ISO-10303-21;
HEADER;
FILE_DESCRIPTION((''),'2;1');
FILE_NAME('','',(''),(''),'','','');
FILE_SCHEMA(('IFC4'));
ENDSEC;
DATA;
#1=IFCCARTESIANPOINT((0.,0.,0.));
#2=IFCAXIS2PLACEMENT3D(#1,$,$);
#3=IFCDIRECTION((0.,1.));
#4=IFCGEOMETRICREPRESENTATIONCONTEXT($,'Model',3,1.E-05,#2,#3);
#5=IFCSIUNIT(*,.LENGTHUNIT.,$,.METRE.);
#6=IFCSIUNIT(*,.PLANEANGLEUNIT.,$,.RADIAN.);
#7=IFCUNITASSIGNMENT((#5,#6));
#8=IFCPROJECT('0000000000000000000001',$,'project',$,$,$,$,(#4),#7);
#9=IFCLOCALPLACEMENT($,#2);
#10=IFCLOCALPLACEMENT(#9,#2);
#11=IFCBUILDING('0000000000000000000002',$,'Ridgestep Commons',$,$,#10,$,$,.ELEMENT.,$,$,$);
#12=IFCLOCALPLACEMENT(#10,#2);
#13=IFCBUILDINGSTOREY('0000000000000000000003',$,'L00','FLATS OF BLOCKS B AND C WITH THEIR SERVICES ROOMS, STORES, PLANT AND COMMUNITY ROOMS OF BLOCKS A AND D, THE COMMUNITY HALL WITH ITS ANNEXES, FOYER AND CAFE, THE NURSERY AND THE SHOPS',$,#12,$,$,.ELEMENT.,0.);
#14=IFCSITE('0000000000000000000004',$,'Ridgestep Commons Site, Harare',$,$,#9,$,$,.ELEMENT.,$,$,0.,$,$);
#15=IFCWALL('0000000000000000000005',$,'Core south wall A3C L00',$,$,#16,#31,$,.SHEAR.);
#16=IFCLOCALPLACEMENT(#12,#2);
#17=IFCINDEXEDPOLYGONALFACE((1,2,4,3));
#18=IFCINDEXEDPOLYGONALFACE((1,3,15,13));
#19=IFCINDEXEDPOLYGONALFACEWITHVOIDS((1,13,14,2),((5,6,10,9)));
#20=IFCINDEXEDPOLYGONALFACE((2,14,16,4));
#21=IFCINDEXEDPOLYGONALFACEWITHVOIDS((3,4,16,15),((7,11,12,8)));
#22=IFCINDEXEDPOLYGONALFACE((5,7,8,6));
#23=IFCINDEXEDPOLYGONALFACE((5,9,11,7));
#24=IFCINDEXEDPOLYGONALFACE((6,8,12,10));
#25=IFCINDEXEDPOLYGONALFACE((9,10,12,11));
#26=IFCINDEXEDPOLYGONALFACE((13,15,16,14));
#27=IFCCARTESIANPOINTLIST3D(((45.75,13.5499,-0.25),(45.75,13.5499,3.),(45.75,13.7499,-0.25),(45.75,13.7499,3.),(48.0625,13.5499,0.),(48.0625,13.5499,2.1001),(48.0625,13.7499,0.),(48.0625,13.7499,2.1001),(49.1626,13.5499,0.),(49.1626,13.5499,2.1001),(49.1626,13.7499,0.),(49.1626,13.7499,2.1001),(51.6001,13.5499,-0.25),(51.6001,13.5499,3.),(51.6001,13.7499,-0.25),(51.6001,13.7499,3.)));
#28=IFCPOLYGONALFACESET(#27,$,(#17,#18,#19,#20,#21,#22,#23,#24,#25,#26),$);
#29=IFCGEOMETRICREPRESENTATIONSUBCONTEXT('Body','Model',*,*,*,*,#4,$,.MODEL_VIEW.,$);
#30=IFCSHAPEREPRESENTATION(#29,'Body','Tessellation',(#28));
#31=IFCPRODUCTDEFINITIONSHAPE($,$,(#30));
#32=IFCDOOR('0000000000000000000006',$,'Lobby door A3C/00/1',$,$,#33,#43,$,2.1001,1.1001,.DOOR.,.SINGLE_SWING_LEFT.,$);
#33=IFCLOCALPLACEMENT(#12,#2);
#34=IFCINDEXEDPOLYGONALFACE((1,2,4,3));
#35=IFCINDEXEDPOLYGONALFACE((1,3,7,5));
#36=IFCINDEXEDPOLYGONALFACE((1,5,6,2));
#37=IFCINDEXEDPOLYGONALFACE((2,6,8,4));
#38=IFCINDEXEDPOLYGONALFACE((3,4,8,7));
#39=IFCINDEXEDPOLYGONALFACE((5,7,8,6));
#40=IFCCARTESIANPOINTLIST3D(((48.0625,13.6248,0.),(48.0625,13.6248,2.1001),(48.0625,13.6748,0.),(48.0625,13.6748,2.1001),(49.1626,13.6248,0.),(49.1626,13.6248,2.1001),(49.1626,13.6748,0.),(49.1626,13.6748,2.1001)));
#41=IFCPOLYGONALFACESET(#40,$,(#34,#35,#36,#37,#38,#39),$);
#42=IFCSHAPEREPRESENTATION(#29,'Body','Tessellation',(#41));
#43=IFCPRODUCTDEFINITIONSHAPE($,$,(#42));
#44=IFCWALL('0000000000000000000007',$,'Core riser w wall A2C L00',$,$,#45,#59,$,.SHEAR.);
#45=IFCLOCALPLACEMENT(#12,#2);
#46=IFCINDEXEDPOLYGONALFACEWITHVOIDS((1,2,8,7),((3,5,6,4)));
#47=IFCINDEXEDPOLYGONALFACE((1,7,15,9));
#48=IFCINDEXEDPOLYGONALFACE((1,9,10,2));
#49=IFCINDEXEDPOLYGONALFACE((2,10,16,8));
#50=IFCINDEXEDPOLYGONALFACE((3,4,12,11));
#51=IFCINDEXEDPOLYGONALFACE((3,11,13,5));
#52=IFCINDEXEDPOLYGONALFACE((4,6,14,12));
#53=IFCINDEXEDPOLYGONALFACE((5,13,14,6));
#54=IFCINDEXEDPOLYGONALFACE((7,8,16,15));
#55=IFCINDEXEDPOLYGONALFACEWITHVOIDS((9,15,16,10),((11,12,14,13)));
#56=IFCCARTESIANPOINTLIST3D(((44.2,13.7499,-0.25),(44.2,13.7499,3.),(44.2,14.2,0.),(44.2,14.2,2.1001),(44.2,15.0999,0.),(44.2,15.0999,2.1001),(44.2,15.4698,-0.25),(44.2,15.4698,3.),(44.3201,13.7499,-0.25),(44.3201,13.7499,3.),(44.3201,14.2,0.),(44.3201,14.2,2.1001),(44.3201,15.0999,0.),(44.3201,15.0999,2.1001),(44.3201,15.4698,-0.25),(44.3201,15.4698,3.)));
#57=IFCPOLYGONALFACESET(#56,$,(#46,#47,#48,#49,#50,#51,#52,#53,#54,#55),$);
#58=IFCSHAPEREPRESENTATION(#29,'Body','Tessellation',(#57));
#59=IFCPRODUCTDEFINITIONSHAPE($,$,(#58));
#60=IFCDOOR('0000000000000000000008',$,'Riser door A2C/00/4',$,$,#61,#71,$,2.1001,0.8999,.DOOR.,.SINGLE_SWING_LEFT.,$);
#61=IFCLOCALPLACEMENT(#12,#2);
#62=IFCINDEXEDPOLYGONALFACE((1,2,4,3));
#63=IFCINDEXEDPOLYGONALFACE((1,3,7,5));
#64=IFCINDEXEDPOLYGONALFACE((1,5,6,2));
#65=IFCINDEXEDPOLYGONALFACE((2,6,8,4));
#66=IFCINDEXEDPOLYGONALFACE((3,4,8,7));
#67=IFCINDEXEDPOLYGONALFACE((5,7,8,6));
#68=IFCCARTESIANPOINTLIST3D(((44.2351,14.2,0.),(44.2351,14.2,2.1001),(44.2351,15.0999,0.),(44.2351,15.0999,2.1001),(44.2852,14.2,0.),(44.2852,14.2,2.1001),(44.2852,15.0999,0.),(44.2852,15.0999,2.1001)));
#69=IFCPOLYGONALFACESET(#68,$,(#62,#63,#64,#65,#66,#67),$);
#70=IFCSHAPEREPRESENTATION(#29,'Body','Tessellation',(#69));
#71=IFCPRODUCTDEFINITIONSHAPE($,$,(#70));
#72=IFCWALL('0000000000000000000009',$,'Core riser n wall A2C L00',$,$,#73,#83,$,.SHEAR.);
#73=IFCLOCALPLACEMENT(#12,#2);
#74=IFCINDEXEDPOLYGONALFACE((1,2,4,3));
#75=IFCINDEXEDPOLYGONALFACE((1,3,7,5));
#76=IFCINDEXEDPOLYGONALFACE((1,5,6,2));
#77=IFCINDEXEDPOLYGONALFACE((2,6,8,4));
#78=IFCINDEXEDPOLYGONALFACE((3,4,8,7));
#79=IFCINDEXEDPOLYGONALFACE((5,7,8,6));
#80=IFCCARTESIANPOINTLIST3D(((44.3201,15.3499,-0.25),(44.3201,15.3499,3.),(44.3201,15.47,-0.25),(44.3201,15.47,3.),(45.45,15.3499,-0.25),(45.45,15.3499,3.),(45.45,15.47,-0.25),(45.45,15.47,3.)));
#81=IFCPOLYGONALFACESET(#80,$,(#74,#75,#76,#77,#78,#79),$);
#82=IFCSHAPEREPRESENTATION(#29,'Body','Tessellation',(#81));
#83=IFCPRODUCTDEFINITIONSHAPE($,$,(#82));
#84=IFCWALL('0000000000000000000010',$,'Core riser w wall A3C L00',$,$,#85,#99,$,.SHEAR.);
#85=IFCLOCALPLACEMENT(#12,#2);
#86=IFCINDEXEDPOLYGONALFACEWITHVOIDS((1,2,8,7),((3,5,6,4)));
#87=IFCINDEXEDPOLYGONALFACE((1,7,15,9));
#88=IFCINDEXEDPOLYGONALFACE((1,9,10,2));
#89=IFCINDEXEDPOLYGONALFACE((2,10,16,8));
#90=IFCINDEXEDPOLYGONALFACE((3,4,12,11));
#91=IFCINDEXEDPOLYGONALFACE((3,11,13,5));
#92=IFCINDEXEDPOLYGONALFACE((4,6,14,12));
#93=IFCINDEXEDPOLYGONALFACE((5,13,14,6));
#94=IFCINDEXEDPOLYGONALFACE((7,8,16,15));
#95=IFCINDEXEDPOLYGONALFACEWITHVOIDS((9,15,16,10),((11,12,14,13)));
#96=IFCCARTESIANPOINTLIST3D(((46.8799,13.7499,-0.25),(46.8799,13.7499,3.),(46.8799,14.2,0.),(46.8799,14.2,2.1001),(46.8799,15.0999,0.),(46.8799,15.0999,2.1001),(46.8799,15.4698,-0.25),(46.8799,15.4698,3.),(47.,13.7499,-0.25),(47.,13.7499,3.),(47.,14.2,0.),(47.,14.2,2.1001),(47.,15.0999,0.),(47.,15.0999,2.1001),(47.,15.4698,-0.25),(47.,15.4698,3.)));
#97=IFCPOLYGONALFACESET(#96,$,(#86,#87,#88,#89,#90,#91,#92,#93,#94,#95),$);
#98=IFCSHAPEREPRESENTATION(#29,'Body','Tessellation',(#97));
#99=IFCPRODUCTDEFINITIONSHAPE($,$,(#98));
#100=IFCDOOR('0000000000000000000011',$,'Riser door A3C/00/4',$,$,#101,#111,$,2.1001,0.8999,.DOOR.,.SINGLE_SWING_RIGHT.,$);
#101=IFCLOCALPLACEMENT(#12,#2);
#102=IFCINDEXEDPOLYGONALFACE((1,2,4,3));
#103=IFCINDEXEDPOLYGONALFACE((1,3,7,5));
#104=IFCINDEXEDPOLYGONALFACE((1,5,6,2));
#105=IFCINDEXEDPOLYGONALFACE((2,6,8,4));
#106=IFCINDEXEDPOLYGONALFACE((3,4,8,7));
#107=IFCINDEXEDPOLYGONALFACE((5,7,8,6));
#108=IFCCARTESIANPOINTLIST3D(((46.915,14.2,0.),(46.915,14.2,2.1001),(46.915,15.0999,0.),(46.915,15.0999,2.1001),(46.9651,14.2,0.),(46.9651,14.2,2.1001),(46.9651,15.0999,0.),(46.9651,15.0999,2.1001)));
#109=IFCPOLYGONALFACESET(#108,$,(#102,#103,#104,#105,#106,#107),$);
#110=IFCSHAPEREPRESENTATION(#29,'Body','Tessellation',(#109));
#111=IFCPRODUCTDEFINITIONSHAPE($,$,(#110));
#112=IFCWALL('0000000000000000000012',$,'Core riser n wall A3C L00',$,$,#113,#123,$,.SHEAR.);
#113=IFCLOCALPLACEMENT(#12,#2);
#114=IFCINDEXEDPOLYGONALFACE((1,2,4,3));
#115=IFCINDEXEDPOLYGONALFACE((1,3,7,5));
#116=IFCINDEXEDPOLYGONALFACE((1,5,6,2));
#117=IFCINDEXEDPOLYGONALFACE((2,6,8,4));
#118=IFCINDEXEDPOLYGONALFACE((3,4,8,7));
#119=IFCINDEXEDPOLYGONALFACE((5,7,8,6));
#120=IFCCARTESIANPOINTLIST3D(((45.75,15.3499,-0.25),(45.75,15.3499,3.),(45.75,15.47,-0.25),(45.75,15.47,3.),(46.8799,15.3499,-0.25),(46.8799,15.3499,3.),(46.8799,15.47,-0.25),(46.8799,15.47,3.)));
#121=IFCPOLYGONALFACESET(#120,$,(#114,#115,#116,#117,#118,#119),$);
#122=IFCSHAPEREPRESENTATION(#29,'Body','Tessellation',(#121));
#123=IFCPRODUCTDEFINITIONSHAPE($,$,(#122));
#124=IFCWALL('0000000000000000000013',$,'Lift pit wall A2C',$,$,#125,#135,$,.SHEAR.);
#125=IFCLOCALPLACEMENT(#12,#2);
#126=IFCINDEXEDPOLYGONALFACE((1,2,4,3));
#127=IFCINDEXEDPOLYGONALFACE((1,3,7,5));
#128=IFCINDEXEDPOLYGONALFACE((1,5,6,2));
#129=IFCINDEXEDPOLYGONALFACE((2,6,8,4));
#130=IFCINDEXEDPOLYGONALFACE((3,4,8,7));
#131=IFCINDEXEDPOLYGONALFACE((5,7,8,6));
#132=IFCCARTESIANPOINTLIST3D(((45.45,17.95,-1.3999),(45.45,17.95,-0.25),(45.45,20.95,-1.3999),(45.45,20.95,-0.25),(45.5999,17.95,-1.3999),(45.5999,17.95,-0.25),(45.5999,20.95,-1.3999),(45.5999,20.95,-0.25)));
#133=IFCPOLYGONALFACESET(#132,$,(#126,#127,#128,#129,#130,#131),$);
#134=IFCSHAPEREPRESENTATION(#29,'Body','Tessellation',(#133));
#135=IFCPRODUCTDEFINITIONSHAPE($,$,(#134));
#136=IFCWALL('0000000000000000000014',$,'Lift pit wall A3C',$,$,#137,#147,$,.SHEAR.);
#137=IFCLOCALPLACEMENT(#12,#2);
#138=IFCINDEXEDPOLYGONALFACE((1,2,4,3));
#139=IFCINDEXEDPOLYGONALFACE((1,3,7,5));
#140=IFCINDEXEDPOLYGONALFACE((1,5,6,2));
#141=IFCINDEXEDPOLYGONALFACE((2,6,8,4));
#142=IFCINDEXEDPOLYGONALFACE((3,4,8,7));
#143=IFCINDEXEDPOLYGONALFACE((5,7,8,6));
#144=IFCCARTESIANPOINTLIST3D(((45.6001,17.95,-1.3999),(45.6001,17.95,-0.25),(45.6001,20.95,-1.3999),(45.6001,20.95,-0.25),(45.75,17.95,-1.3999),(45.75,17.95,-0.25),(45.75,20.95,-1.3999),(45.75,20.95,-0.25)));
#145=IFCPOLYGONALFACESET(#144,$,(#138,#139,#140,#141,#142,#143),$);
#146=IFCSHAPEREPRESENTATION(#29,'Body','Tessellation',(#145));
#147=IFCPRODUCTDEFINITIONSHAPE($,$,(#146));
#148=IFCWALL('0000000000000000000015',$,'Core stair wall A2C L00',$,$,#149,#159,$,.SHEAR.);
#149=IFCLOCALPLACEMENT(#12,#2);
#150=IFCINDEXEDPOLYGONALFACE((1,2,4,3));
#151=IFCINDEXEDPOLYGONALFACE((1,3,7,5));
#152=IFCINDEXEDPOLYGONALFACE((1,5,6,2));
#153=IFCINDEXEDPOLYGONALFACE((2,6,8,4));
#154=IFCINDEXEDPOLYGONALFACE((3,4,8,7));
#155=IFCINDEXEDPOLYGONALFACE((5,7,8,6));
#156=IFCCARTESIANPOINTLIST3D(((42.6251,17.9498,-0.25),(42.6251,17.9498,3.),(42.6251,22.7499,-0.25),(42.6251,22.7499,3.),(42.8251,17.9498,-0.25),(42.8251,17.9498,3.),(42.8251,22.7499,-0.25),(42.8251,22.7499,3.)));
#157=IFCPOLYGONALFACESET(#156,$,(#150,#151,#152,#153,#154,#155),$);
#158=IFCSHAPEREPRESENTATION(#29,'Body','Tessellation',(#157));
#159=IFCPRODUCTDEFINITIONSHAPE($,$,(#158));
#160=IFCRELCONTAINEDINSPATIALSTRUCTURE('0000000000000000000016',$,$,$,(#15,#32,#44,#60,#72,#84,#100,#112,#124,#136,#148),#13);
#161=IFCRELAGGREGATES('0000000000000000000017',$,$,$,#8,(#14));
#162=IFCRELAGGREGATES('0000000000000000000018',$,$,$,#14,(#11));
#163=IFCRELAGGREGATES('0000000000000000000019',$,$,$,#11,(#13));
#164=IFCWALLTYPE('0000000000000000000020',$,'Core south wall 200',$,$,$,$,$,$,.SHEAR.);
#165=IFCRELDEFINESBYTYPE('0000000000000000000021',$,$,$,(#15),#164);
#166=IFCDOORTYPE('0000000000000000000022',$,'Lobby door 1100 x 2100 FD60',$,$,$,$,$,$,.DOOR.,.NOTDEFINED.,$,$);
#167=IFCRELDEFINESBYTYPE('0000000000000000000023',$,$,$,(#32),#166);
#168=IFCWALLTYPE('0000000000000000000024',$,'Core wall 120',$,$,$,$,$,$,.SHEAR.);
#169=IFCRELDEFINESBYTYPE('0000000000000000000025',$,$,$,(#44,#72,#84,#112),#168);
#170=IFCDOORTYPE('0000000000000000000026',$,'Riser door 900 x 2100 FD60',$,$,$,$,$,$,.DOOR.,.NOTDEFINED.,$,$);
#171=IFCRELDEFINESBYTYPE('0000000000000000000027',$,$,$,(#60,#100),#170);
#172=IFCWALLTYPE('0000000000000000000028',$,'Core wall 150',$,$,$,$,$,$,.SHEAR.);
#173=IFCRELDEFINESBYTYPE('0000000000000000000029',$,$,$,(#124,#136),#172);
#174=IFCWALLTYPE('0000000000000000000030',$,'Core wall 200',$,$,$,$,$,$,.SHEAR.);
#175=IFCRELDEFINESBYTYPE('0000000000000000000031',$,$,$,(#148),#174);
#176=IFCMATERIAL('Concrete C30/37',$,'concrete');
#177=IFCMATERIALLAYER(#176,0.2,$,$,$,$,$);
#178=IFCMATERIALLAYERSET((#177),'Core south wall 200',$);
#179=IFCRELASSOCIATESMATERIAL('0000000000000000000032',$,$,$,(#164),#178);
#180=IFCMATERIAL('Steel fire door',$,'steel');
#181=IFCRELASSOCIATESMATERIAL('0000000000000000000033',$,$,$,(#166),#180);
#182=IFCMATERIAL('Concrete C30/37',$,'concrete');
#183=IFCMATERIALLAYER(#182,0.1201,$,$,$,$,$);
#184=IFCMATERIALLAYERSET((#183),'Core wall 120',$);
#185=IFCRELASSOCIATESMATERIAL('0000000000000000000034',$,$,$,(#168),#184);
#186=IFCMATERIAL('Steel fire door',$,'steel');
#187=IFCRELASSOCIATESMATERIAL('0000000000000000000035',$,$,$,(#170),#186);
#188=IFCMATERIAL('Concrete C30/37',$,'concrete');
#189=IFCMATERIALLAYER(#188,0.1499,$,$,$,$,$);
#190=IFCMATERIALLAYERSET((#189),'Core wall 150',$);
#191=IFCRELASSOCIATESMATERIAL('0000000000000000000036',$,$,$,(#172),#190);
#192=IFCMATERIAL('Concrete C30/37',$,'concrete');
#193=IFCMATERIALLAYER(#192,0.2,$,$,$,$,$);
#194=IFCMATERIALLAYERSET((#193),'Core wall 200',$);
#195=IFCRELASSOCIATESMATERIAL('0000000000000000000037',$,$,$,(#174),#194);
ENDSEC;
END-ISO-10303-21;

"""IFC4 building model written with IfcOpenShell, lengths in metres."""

from ifc_helpers import new_model, si_unit, direction, frame, frame_2d, origin, place, context, subcontext, project, spatial, rectangle, extrude, material, layer, layer_set, type_object, element, fill, save


model = new_model("IFC4")

# Units and contexts
model_context = context("Model", 3, precision=1e-05, world=origin(), true_north=direction((0.0, 1.0)))
body_context = subcontext(model_context, "Body", "Model", "MODEL_VIEW")
ifc_project = project(units=[si_unit("LENGTHUNIT", "METRE"), si_unit("PLANEANGLEUNIT", "RADIAN")], contexts=[model_context])

# Site, building, storey
site_placement = place(None, origin())
site = spatial("IfcSite", under=ifc_project, at=site_placement, Name="Ridgestep Commons Site, Harare", CompositionType="ELEMENT", RefElevation=0.0)
building_placement = place(site_placement, origin())
building = spatial("IfcBuilding", under=site, at=building_placement, Name="Ridgestep Commons", CompositionType="ELEMENT")
storey_placement = place(building_placement, origin())
storey = spatial("IfcBuildingStorey", under=building, at=storey_placement, Name="L00", Description="FLATS OF BLOCKS B AND C WITH THEIR SERVICES ROOMS, STORES, PLANT AND COMMUNITY ROOMS OF BLOCKS A AND D, THE COMMUNITY HALL WITH ITS ANNEXES, FOYER AND CAFE, THE NURSERY AND THE SHOPS", CompositionType="ELEMENT", Elevation=0.0)

# Walls, openings, doors
ifc_material_1 = material(Name="Concrete C30/37", Category="concrete")
ifc_layer_1 = layer(ifc_material_1, 0.2)
ifc_layer_set_1 = layer_set([ifc_layer_1], Name="Core south wall 200")
wall_type_1 = type_object("IfcWallType", Name="Core south wall 200", PredefinedType="SHEAR", material=ifc_layer_set_1)
wall_1_placement = place(storey_placement, frame((45.75, 13.6499, -0.25), z_axis=(0.0, 0.0, 1.0), x_axis=(1.0, 0.0, 0.0)))
wall_1 = element("IfcWall", 1, at=wall_1_placement, inside=storey, type_object=wall_type_1, Name="Core south wall A3C L00", PredefinedType="SHEAR", context=body_context, shape_type="SweptSolid", body=[
    extrude(rectangle(XDim=5.8501, YDim=0.2, at=frame_2d((2.925, 0.0))), origin(), (0.0, 0.0, 1.0), 3.25),
])
opening_1_placement = place(wall_1_placement, frame((2.3125, 0.0, 0.25)))
opening_1 = element("IfcOpeningElement", 2, at=opening_1_placement, cuts=wall_1, PredefinedType="OPENING", context=body_context, shape_type="SweptSolid", body=[
    extrude(rectangle(XDim=1.1001, YDim=2.1001, at=frame_2d((0.55, 1.05))), frame((0.0, 0.1099, 0.0), z_axis=(0.0, -1.0, 0.0), x_axis=(1.0, 0.0, 0.0)), (0.0, 0.0, 1.0), 0.22),
])
ifc_material_2 = material(Name="Steel fire door", Category="steel")
door_type_1 = type_object("IfcDoorType", Name="Lobby door 1100 x 2100 FD60", OperationType="NOTDEFINED", PredefinedType="DOOR", material=ifc_material_2)
door_1_placement = place(opening_1_placement, origin())
door_1 = element("IfcDoor", 3, at=door_1_placement, inside=storey, type_object=door_type_1, Name="Lobby door A3C/00/1", OperationType="SINGLE_SWING_LEFT", OverallHeight=2.1001, OverallWidth=1.1001, PredefinedType="DOOR", context=body_context, shape_type="SweptSolid", body=[
    extrude(rectangle(XDim=1.1001, YDim=2.1001, at=frame_2d((0.55, 1.05))), frame((0.0, 0.0249, 0.0), z_axis=(0.0, -1.0, 0.0), x_axis=(1.0, 0.0, 0.0)), (0.0, 0.0, 1.0), 0.05),
])
fill(opening_1, door_1)
ifc_material_3 = material(Name="Concrete C30/37", Category="concrete")
ifc_layer_2 = layer(ifc_material_3, 0.1201)
ifc_layer_set_2 = layer_set([ifc_layer_2], Name="Core wall 120")
wall_type_2 = type_object("IfcWallType", Name="Core wall 120", PredefinedType="SHEAR", material=ifc_layer_set_2)
wall_2_placement = place(storey_placement, frame((44.26, 13.75, -0.25), z_axis=(0.0, 0.0, 1.0), x_axis=(0.0, 1.0, 0.0)))
wall_2 = element("IfcWall", 4, at=wall_2_placement, inside=storey, type_object=wall_type_2, Name="Core riser w wall A2C L00", PredefinedType="SHEAR", context=body_context, shape_type="SweptSolid", body=[
    extrude(rectangle(XDim=1.72, YDim=0.1201, at=frame_2d((0.8599, 0.0))), origin(), (0.0, 0.0, 1.0), 3.25),
])
opening_2_placement = place(wall_2_placement, frame((0.45, 0.0, 0.25)))
opening_2 = element("IfcOpeningElement", 5, at=opening_2_placement, cuts=wall_2, PredefinedType="OPENING", context=body_context, shape_type="SweptSolid", body=[
    extrude(rectangle(XDim=0.8999, YDim=2.1001, at=frame_2d((0.45, 1.05))), frame((0.0, 0.0701, 0.0), z_axis=(0.0, -1.0, 0.0), x_axis=(1.0, 0.0, 0.0)), (0.0, 0.0, 1.0), 0.1401),
])
ifc_material_4 = material(Name="Steel fire door", Category="steel")
door_type_2 = type_object("IfcDoorType", Name="Riser door 900 x 2100 FD60", OperationType="NOTDEFINED", PredefinedType="DOOR", material=ifc_material_4)
door_2_placement = place(opening_2_placement, origin())
door_2 = element("IfcDoor", 6, at=door_2_placement, inside=storey, type_object=door_type_2, Name="Riser door A2C/00/4", OperationType="SINGLE_SWING_LEFT", OverallHeight=2.1001, OverallWidth=0.8999, PredefinedType="DOOR", context=body_context, shape_type="SweptSolid", body=[
    extrude(rectangle(XDim=0.8999, YDim=2.1001, at=frame_2d((0.45, 1.05))), frame((0.0, 0.0249, 0.0), z_axis=(0.0, -1.0, 0.0), x_axis=(1.0, 0.0, 0.0)), (0.0, 0.0, 1.0), 0.05),
])
fill(opening_2, door_2)

# Wall
wall_3_placement = place(storey_placement, frame((44.3201, 15.4099, -0.25), z_axis=(0.0, 0.0, 1.0), x_axis=(1.0, 0.0, 0.0)))
element("IfcWall", 7, at=wall_3_placement, inside=storey, type_object=wall_type_2, Name="Core riser n wall A2C L00", PredefinedType="SHEAR", context=body_context, shape_type="SweptSolid", body=[
    extrude(rectangle(XDim=1.1299, YDim=0.1201, at=frame_2d((0.5649, 0.0))), origin(), (0.0, 0.0, 1.0), 3.25),
])

# Wall, opening, door
wall_4_placement = place(storey_placement, frame((46.9399, 13.75, -0.25), z_axis=(0.0, 0.0, 1.0), x_axis=(0.0, 1.0, 0.0)))
wall_4 = element("IfcWall", 8, at=wall_4_placement, inside=storey, type_object=wall_type_2, Name="Core riser w wall A3C L00", PredefinedType="SHEAR", context=body_context, shape_type="SweptSolid", body=[
    extrude(rectangle(XDim=1.72, YDim=0.1201, at=frame_2d((0.8599, 0.0))), origin(), (0.0, 0.0, 1.0), 3.25),
])
opening_3_placement = place(wall_4_placement, frame((0.45, 0.0, 0.25)))
opening_3 = element("IfcOpeningElement", 9, at=opening_3_placement, cuts=wall_4, PredefinedType="OPENING", context=body_context, shape_type="SweptSolid", body=[
    extrude(rectangle(XDim=0.8999, YDim=2.1001, at=frame_2d((0.45, 1.05))), frame((0.0, 0.0701, 0.0), z_axis=(0.0, -1.0, 0.0), x_axis=(1.0, 0.0, 0.0)), (0.0, 0.0, 1.0), 0.1401),
])
door_3_placement = place(opening_3_placement, origin())
door_3 = element("IfcDoor", 10, at=door_3_placement, inside=storey, type_object=door_type_2, Name="Riser door A3C/00/4", OperationType="SINGLE_SWING_RIGHT", OverallHeight=2.1001, OverallWidth=0.8999, PredefinedType="DOOR", context=body_context, shape_type="SweptSolid", body=[
    extrude(rectangle(XDim=0.8999, YDim=2.1001, at=frame_2d((0.45, 1.05))), frame((0.0, 0.0249, 0.0), z_axis=(0.0, -1.0, 0.0), x_axis=(1.0, 0.0, 0.0)), (0.0, 0.0, 1.0), 0.05),
])
fill(opening_3, door_3)

# Walls
wall_5_placement = place(storey_placement, frame((45.75, 15.4099, -0.25), z_axis=(0.0, 0.0, 1.0), x_axis=(1.0, 0.0, 0.0)))
element("IfcWall", 11, at=wall_5_placement, inside=storey, type_object=wall_type_2, Name="Core riser n wall A3C L00", PredefinedType="SHEAR", context=body_context, shape_type="SweptSolid", body=[
    extrude(rectangle(XDim=1.1299, YDim=0.1201, at=frame_2d((0.5649, 0.0))), origin(), (0.0, 0.0, 1.0), 3.25),
])
ifc_material_5 = material(Name="Concrete C30/37", Category="concrete")
ifc_layer_3 = layer(ifc_material_5, 0.1499)
ifc_layer_set_3 = layer_set([ifc_layer_3], Name="Core wall 150")
wall_type_3 = type_object("IfcWallType", Name="Core wall 150", PredefinedType="SHEAR", material=ifc_layer_set_3)
for number, where, z_axis, x_axis, name in (
    (12, (45.5249, 17.95, -1.3999), (0.0, 0.0, 1.0), (0.0, 1.0, 0.0), "Lift pit wall A2C"),
    (13, (45.675, 17.95, -1.3999), (0.0, 0.0, 1.0), (0.0, 1.0, 0.0), "Lift pit wall A3C"),
):
    element("IfcWall", number, at=place(storey_placement, frame(where, z_axis=z_axis, x_axis=x_axis)), inside=storey, type_object=wall_type_3, Name=name, PredefinedType="SHEAR", context=body_context, shape_type="SweptSolid", body=[
        extrude(rectangle(XDim=3.0, YDim=0.1499, at=frame_2d((1.5, 0.0))), origin(), (0.0, 0.0, 1.0), 1.1499),
    ])
ifc_material_6 = material(Name="Concrete C30/37", Category="concrete")
ifc_layer_4 = layer(ifc_material_6, 0.2)
ifc_layer_set_4 = layer_set([ifc_layer_4], Name="Core wall 200")
wall_type_4 = type_object("IfcWallType", Name="Core wall 200", PredefinedType="SHEAR", material=ifc_layer_set_4)
wall_6_placement = place(storey_placement, frame((42.7251, 17.95, -0.25), z_axis=(0.0, 0.0, 1.0), x_axis=(0.0, 1.0, 0.0)))
element("IfcWall", 14, at=wall_6_placement, inside=storey, type_object=wall_type_4, Name="Core stair wall A2C L00", PredefinedType="SHEAR", context=body_context, shape_type="SweptSolid", body=[
    extrude(rectangle(XDim=4.8, YDim=0.2, at=frame_2d((2.3999, 0.0))), origin(), (0.0, 0.0, 1.0), 3.25),
])

save(model, "model.ifc")
